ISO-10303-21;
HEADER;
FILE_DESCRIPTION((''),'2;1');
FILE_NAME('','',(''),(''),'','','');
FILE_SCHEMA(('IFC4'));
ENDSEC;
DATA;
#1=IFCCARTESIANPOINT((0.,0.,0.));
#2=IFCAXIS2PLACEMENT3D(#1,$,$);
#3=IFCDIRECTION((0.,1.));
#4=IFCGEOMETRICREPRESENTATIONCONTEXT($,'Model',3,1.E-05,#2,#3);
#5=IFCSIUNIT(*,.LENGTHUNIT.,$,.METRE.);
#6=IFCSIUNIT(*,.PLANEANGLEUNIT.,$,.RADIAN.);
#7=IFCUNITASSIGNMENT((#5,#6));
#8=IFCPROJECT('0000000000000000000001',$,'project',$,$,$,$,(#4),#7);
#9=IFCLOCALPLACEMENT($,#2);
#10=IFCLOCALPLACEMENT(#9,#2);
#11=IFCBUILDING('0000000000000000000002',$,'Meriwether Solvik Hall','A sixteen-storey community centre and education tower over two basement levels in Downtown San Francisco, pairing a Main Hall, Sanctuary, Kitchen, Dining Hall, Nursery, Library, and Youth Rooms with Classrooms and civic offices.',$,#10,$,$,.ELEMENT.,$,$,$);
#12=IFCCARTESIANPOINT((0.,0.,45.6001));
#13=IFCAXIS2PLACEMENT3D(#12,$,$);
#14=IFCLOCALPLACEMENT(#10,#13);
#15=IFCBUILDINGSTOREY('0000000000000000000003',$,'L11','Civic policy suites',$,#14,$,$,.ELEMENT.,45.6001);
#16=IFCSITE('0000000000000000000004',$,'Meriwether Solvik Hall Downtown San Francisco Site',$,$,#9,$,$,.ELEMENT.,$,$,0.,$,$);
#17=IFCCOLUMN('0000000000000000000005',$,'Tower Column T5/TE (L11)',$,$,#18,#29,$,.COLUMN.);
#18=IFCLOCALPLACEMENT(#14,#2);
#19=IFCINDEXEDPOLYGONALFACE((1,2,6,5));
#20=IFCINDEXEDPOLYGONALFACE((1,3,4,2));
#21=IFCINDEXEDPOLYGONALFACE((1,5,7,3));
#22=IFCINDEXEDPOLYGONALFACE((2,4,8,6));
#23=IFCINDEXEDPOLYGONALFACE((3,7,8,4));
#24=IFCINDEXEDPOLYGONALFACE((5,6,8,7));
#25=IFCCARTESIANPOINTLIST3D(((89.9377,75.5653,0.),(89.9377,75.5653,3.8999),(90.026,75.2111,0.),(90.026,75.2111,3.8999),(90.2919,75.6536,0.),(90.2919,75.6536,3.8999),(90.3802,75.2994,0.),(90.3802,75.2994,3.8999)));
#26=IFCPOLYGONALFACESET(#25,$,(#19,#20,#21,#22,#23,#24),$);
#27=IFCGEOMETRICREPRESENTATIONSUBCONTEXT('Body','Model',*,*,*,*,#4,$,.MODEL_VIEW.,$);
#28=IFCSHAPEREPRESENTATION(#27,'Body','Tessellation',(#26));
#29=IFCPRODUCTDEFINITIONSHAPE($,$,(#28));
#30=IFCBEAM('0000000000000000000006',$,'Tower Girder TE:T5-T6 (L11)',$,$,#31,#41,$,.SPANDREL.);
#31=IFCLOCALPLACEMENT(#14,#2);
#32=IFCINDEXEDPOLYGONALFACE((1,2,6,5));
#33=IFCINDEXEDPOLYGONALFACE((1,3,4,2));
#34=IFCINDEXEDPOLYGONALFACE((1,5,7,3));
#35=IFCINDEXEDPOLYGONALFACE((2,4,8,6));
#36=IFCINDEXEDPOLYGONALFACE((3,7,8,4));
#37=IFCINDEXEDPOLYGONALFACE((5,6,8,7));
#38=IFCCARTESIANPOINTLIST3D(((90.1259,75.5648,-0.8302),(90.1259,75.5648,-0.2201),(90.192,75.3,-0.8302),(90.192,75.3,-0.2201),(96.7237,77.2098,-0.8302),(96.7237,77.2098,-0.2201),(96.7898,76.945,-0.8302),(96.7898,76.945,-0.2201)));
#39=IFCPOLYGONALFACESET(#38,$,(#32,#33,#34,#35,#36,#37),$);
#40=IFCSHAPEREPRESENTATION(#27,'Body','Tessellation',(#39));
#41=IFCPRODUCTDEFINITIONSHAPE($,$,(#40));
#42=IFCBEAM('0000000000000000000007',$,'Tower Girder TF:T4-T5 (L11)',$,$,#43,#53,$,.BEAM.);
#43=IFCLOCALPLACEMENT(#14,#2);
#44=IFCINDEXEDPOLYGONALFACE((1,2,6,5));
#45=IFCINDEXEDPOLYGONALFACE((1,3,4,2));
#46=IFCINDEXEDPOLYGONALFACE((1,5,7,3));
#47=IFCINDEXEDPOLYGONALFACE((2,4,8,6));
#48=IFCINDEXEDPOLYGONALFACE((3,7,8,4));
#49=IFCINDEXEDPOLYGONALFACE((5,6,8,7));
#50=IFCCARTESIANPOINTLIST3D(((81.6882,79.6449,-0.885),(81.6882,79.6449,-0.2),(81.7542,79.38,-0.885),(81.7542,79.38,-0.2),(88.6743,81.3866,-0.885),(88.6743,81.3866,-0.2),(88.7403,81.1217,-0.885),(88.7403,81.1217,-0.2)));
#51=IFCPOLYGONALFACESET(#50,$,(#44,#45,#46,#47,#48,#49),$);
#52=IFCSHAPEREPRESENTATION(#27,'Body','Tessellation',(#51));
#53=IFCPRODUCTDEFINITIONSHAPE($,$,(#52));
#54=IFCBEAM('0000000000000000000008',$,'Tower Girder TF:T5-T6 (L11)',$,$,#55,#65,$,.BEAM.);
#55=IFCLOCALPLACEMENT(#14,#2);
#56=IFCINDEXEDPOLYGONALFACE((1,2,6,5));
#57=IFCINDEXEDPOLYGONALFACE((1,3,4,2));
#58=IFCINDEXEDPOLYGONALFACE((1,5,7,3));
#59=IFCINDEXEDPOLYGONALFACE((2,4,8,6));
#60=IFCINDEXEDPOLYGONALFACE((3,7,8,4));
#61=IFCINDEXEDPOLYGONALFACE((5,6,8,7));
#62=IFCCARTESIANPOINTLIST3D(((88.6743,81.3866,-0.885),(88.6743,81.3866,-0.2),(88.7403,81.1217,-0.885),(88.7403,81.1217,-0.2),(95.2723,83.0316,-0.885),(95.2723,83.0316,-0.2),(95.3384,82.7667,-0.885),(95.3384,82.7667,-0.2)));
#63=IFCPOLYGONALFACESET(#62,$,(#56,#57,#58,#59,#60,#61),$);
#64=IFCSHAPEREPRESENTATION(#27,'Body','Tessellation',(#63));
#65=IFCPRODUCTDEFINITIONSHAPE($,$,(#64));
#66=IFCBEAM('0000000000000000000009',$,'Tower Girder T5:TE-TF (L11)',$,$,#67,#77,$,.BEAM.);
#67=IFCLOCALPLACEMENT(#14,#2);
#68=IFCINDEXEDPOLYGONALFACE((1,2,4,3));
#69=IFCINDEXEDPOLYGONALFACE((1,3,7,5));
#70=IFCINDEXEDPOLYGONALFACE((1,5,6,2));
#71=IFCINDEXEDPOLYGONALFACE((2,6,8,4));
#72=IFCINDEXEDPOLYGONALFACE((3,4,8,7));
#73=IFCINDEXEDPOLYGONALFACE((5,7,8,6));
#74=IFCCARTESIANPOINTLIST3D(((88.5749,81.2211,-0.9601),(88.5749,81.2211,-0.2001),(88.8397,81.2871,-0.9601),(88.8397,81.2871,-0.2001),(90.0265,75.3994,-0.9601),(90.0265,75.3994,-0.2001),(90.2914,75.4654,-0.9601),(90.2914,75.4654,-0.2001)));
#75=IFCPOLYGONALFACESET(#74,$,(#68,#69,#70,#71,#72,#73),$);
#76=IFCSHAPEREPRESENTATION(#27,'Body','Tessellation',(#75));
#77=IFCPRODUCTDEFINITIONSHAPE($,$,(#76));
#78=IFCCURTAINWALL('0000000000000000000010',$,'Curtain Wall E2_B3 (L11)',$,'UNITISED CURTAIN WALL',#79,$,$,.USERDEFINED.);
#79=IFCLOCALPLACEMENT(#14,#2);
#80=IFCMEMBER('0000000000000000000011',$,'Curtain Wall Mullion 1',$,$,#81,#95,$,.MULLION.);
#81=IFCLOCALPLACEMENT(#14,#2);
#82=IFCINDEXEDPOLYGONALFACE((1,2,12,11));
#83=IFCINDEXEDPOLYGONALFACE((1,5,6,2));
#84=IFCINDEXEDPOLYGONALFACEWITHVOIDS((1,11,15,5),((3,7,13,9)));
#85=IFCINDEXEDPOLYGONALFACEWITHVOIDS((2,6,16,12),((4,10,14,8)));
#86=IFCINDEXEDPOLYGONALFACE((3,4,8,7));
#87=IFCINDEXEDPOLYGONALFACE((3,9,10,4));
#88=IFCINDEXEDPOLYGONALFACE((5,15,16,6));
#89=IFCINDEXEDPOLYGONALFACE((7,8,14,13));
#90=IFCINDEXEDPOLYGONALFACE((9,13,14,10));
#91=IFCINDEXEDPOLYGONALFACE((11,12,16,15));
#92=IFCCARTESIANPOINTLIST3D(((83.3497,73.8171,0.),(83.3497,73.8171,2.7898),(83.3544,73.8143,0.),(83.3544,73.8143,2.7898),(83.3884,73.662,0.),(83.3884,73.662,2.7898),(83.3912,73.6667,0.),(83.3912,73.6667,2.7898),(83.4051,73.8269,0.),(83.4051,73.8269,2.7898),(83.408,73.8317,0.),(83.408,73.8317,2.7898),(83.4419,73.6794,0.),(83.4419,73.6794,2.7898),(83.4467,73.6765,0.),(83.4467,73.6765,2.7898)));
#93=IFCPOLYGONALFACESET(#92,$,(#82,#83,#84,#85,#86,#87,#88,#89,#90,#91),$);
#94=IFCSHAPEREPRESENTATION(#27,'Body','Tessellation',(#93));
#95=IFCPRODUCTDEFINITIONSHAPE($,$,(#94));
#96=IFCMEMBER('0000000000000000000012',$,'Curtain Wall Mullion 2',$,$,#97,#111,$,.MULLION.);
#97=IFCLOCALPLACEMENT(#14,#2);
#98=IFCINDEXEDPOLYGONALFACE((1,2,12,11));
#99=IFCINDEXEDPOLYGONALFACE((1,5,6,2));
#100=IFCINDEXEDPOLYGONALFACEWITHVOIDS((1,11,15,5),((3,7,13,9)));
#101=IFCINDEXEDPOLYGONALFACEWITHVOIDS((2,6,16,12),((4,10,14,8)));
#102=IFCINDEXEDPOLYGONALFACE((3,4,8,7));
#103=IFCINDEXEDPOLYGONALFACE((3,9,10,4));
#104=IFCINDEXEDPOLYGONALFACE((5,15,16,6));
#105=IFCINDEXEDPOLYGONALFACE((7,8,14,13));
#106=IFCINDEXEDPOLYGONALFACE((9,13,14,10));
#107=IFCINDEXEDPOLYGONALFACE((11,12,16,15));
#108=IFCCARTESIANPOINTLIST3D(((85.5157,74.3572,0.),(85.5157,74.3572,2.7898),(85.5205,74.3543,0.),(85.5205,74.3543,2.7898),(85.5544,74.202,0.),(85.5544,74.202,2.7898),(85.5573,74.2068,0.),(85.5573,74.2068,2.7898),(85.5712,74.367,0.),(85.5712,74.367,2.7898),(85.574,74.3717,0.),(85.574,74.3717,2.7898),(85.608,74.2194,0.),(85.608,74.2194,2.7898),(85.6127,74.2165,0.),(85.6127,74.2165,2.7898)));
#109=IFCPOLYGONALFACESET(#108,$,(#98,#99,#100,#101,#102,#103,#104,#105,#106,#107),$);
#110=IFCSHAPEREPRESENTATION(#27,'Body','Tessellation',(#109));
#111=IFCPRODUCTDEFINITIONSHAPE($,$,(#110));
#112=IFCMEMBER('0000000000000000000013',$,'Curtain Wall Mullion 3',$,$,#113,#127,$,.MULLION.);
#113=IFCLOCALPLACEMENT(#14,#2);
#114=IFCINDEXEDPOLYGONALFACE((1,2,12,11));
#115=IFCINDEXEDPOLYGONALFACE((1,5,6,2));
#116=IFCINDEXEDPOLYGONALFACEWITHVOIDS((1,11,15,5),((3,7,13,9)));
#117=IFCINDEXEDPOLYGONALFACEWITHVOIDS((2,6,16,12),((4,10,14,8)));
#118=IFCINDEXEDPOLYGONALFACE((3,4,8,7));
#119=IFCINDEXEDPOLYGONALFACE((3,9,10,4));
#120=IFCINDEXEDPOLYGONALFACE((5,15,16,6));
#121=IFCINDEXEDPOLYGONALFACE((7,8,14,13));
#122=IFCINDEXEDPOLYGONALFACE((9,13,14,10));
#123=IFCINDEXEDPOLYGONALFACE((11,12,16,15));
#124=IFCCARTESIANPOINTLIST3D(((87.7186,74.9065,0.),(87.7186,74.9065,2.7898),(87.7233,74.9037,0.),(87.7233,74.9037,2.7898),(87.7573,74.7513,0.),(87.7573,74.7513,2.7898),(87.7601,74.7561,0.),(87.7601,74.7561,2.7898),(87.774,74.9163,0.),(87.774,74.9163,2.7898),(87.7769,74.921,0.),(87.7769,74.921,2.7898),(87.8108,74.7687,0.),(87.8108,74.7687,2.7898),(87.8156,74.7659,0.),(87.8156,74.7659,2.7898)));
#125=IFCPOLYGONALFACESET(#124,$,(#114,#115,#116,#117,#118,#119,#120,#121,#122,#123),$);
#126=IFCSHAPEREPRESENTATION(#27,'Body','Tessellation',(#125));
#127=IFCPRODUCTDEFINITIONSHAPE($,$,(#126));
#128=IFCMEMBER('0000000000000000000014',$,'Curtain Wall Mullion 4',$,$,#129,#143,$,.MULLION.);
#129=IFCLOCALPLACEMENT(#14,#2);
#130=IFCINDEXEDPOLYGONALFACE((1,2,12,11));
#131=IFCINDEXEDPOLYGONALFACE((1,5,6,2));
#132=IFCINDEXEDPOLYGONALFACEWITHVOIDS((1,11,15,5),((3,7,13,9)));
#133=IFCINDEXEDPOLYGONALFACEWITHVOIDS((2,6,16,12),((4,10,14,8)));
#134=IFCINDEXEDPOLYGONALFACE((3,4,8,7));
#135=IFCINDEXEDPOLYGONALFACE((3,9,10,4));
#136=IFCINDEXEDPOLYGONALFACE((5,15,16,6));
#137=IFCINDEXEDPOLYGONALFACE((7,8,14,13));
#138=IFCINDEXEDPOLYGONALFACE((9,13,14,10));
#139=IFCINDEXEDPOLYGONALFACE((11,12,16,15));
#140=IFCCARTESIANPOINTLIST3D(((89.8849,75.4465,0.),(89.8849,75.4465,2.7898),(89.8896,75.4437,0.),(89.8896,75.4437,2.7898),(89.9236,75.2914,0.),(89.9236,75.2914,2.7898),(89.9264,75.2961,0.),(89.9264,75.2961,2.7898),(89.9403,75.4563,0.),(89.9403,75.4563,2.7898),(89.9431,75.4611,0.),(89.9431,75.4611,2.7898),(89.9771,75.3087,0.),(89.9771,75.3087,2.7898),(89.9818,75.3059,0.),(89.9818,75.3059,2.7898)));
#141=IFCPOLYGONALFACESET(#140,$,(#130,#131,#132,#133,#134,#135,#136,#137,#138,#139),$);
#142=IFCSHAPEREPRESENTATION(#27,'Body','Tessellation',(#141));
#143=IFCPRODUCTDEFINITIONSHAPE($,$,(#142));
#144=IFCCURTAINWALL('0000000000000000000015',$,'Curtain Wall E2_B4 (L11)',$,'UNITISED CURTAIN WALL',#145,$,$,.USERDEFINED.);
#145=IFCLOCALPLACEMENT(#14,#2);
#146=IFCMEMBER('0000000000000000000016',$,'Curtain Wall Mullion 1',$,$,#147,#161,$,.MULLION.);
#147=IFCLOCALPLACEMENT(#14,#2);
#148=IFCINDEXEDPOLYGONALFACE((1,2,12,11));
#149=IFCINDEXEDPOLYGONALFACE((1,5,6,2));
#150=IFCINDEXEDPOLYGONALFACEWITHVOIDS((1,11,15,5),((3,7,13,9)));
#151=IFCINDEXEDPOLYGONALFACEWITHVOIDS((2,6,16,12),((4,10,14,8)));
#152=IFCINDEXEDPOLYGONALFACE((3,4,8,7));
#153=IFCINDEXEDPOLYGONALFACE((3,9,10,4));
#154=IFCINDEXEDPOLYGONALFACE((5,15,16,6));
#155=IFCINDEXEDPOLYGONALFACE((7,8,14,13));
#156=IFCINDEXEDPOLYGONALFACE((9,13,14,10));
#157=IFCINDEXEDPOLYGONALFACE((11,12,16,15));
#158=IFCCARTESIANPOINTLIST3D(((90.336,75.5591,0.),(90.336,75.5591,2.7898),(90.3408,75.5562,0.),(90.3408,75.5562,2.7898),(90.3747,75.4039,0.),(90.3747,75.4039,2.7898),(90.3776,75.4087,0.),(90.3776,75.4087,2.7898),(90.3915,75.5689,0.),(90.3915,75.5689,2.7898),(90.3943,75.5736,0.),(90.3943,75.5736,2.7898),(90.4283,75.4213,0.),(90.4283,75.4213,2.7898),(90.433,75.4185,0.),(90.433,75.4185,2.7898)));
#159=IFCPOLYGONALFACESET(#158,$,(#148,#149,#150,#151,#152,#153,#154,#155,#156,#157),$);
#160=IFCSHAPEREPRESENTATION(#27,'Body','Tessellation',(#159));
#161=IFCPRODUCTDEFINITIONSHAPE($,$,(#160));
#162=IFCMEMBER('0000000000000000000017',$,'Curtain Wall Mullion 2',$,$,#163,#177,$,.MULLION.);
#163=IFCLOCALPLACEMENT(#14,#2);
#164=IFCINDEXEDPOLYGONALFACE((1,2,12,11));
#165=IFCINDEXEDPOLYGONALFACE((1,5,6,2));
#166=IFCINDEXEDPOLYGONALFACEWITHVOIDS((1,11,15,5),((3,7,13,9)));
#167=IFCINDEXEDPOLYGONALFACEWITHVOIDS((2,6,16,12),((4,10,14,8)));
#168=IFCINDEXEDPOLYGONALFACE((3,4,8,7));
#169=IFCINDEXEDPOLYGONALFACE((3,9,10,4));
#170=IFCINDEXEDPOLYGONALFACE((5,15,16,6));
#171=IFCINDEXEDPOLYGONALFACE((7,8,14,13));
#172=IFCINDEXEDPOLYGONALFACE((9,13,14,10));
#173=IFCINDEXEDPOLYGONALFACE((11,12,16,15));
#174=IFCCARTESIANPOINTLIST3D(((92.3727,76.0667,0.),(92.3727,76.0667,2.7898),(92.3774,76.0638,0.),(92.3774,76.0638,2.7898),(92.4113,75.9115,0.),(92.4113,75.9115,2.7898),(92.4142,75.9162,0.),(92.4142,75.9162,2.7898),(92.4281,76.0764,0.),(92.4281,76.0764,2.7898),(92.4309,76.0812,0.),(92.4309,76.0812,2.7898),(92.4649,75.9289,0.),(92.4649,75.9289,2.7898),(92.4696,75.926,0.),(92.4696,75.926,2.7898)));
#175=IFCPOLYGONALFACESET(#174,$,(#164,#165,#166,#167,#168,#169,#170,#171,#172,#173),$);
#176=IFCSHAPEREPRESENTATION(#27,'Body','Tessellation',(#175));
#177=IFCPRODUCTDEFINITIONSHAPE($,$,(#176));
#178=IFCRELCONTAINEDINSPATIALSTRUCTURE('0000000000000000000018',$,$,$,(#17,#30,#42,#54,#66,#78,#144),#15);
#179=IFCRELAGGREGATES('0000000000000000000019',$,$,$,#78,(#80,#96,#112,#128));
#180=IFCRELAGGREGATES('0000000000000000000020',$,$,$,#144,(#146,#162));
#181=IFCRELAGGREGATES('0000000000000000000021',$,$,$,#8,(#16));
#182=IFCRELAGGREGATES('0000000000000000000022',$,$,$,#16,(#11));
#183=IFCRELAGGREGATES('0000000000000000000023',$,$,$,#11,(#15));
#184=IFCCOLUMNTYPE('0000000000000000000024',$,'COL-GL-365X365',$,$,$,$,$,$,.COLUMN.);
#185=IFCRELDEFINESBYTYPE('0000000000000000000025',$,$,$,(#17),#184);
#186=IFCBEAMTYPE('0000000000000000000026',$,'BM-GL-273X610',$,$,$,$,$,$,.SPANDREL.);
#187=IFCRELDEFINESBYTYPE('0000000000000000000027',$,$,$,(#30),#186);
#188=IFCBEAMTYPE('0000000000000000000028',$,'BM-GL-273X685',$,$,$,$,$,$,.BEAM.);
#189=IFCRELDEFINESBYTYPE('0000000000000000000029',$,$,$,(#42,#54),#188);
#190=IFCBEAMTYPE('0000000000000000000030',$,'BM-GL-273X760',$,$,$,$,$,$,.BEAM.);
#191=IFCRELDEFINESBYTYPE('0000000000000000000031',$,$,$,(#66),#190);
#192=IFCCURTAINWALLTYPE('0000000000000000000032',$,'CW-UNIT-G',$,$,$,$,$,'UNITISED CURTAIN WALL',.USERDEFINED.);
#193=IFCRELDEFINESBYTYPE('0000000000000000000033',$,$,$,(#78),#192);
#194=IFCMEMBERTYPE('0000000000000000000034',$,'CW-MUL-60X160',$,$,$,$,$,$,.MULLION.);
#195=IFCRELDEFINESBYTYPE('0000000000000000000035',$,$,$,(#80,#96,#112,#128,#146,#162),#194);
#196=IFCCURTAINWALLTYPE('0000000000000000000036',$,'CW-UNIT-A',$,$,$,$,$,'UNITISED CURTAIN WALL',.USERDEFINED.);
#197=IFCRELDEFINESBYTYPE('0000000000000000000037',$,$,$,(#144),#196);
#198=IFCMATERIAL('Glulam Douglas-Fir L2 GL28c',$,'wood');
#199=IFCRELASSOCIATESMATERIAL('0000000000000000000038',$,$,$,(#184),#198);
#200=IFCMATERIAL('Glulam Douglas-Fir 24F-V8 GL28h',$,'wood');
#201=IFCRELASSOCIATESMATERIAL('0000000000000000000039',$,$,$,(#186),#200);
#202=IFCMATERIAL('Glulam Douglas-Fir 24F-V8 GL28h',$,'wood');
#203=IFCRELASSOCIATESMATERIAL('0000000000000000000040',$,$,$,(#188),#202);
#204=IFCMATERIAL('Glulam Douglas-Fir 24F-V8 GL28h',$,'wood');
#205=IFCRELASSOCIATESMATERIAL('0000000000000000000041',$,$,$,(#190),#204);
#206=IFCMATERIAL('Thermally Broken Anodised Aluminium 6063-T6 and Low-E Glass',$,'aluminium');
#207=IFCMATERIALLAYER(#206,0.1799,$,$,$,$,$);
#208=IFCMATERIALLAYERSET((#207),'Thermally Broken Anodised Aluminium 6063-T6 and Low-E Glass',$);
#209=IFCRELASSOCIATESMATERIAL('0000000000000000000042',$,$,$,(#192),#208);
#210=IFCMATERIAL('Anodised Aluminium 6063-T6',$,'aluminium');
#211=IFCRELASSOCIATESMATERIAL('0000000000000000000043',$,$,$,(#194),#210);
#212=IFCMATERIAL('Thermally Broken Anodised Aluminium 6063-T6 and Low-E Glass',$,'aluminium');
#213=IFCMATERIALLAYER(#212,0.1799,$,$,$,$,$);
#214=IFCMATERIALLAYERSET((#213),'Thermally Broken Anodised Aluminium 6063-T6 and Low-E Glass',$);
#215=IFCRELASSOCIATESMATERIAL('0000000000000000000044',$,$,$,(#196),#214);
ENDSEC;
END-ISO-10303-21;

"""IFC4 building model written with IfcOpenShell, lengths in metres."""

from ifc_helpers import new_model, si_unit, direction, frame, origin, origin_2d, place, context, subcontext, project, spatial, rectangle, hollow_rectangle, extrude, material, layer, layer_set, material_profile, profile_set, type_object, element, aggregate, save


model = new_model("IFC4")

# Units and contexts
model_context = context("Model", 3, precision=1e-05, world=origin(), true_north=direction((0.0, 1.0)))
body_context = subcontext(model_context, "Body", "Model", "MODEL_VIEW")
ifc_project = project(units=[si_unit("LENGTHUNIT", "METRE"), si_unit("PLANEANGLEUNIT", "RADIAN")], contexts=[model_context])

# Site, building, storey
site_placement = place(None, origin())
site = spatial("IfcSite", under=ifc_project, at=site_placement, Name="Meriwether Solvik Hall Downtown San Francisco Site", CompositionType="ELEMENT", RefElevation=0.0)
building_placement = place(site_placement, origin())
building = spatial("IfcBuilding", under=site, at=building_placement, Name="Meriwether Solvik Hall", Description="A sixteen-storey community centre and education tower over two basement levels in Downtown San Francisco, pairing a Main Hall, Sanctuary, Kitchen, Dining Hall, Nursery, Library, and Youth Rooms with Classrooms and civic offices.", CompositionType="ELEMENT")
storey_placement = place(building_placement, frame((0.0, 0.0, 45.6001)))
storey = spatial("IfcBuildingStorey", under=building, at=storey_placement, Name="L11", Description="Civic policy suites", CompositionType="ELEMENT", Elevation=45.6001)

# Column
ifc_material_1 = material(Name="Glulam Douglas-Fir L2 GL28c", Category="wood")
ifc_material_profile_1 = material_profile(ifc_material_1, rectangle(XDim=0.365, YDim=0.365, at=origin_2d()), Name="GLC-365X365")
ifc_profile_set_1 = profile_set([ifc_material_profile_1], Name="Glulam Douglas-Fir L2 GL28c")
column_type = type_object("IfcColumnType", Name="COL-GL-365X365", PredefinedType="COLUMN", material=ifc_profile_set_1)
column_placement = place(storey_placement, frame((90.1589, 75.4324, 0.0), z_axis=(0.0, 0.0, 1.0), x_axis=(0.970296, 0.241922, 0.0)))
element("IfcColumn", 1, at=column_placement, inside=storey, type_object=column_type, Name="Tower Column T5/TE (L11)", PredefinedType="COLUMN", context=body_context, shape_type="SweptSolid", body=[
    extrude(rectangle(XDim=0.365, YDim=0.365, at=origin_2d()), origin(), (0.0, 0.0, 1.0), 3.8999),
])

# Beams
ifc_material_2 = material(Name="Glulam Douglas-Fir 24F-V8 GL28h", Category="wood")
ifc_material_profile_2 = material_profile(ifc_material_2, rectangle(XDim=0.2729, YDim=0.6101, at=origin_2d()), Name="GLB-273X610")
ifc_profile_set_2 = profile_set([ifc_material_profile_2], Name="Glulam Douglas-Fir 24F-V8 GL28h")
beam_type_1 = type_object("IfcBeamType", Name="BM-GL-273X610", PredefinedType="SPANDREL", material=ifc_profile_set_2)
beam_1_placement = place(storey_placement, frame((90.1589, 75.4324, -0.5251), z_axis=(0.970296, 0.241919, 0.0), x_axis=(-0.241919, 0.970296, 0.0)))
element("IfcBeam", 2, at=beam_1_placement, inside=storey, type_object=beam_type_1, Name="Tower Girder TE:T5-T6 (L11)", PredefinedType="SPANDREL", context=body_context, shape_type="SweptSolid", body=[
    extrude(rectangle(XDim=0.2729, YDim=0.6101, at=origin_2d()), origin(), (0.0, 0.0, 1.0), 6.7998),
])
ifc_material_3 = material(Name="Glulam Douglas-Fir 24F-V8 GL28h", Category="wood")
ifc_material_profile_3 = material_profile(ifc_material_3, rectangle(XDim=0.2729, YDim=0.6851, at=origin_2d()), Name="GLB-273X685")
ifc_profile_set_3 = profile_set([ifc_material_profile_3], Name="Glulam Douglas-Fir 24F-V8 GL28h")
beam_type_2 = type_object("IfcBeamType", Name="BM-GL-273X685", PredefinedType="BEAM", material=ifc_profile_set_3)
beam_2_placement = place(storey_placement, frame((81.7212, 79.5125, -0.5425), z_axis=(0.9703, 0.241905, 0.0), x_axis=(-0.241905, 0.9703, 0.0)))
element("IfcBeam", 3, at=beam_2_placement, inside=storey, type_object=beam_type_2, Name="Tower Girder TF:T4-T5 (L11)", PredefinedType="BEAM", context=body_context, shape_type="SweptSolid", body=[
    extrude(rectangle(XDim=0.2729, YDim=0.6851, at=origin_2d()), origin(), (0.0, 0.0, 1.0), 7.2),
])
beam_3_placement = place(storey_placement, frame((88.7073, 81.2542, -0.5425), z_axis=(0.970299, 0.24191, 0.0), x_axis=(-0.24191, 0.970299, 0.0)))
element("IfcBeam", 4, at=beam_3_placement, inside=storey, type_object=beam_type_2, Name="Tower Girder TF:T5-T6 (L11)", PredefinedType="BEAM", context=body_context, shape_type="SweptSolid", body=[
    extrude(rectangle(XDim=0.2729, YDim=0.6851, at=origin_2d()), origin(), (0.0, 0.0, 1.0), 6.8),
])
ifc_material_4 = material(Name="Glulam Douglas-Fir 24F-V8 GL28h", Category="wood")
ifc_material_profile_4 = material_profile(ifc_material_4, rectangle(XDim=0.2729, YDim=0.76, at=origin_2d()), Name="GLB-273X760")
ifc_profile_set_4 = profile_set([ifc_material_profile_4], Name="Glulam Douglas-Fir 24F-V8 GL28h")
beam_type_3 = type_object("IfcBeamType", Name="BM-GL-273X760", PredefinedType="BEAM", material=ifc_profile_set_4)
beam_4_placement = place(storey_placement, frame((90.1589, 75.4324, -0.5801), z_axis=(-0.241942, 0.970291, 0.0), x_axis=(-0.970291, -0.241942, 0.0)))
element("IfcBeam", 5, at=beam_4_placement, inside=storey, type_object=beam_type_3, Name="Tower Girder T5:TE-TF (L11)", PredefinedType="BEAM", context=body_context, shape_type="SweptSolid", body=[
    extrude(rectangle(XDim=0.2729, YDim=0.76, at=origin_2d()), origin(), (0.0, 0.0, 1.0), 6.0),
])

# Curtain walls, members
ifc_material_5 = material(Name="Thermally Broken Anodised Aluminium 6063-T6 and Low-E Glass", Category="aluminium")
ifc_layer_1 = layer(ifc_material_5, 0.1799)
ifc_layer_set_1 = layer_set([ifc_layer_1], Name="Thermally Broken Anodised Aluminium 6063-T6 and Low-E Glass")
curtain_wall_type_1 = type_object("IfcCurtainWallType", Name="CW-UNIT-G", ElementType="UNITISED CURTAIN WALL", PredefinedType="USERDEFINED", material=ifc_layer_set_1)
curtain_wall_1_placement = place(storey_placement, origin())
curtain_wall_1 = element("IfcCurtainWall", 6, at=curtain_wall_1_placement, inside=storey, type_object=curtain_wall_type_1, Name="Curtain Wall E2_B3 (L11)", ObjectType="UNITISED CURTAIN WALL", PredefinedType="USERDEFINED")
ifc_material_6 = material(Name="Anodised Aluminium 6063-T6", Category="aluminium")
ifc_material_profile_5 = material_profile(ifc_material_6, hollow_rectangle(XDim=0.0601, YDim=0.1599, WallThickness=0.0039, at=origin_2d()), Name="CWM-60X160")
ifc_profile_set_5 = profile_set([ifc_material_profile_5], Name="Anodised Aluminium 6063-T6")
member_type_1 = type_object("IfcMemberType", Name="CW-MUL-60X160", PredefinedType="MULLION", material=ifc_profile_set_5)
member_1_placement = place(storey_placement, frame((83.3982, 73.7468, 0.0), z_axis=(0.0, 0.0, 1.0), x_axis=(0.970296, 0.241922, 0.0)))
member_1 = element("IfcMember", 7, at=member_1_placement, type_object=member_type_1, Name="Curtain Wall Mullion 1", PredefinedType="MULLION", context=body_context, shape_type="SweptSolid", body=[
    extrude(hollow_rectangle(XDim=0.0601, YDim=0.1599, WallThickness=0.0039, at=origin_2d()), origin(), (0.0, 0.0, 1.0), 2.7898),
])
member_2_placement = place(storey_placement, frame((85.5642, 74.2869, 0.0), z_axis=(0.0, 0.0, 1.0), x_axis=(0.970296, 0.241922, 0.0)))
member_2 = element("IfcMember", 8, at=member_2_placement, type_object=member_type_1, Name="Curtain Wall Mullion 2", PredefinedType="MULLION", context=body_context, shape_type="SweptSolid", body=[
    extrude(hollow_rectangle(XDim=0.0601, YDim=0.1599, WallThickness=0.0039, at=origin_2d()), origin(), (0.0, 0.0, 1.0), 2.7898),
])
member_3_placement = place(storey_placement, frame((87.7671, 74.8362, 0.0), z_axis=(0.0, 0.0, 1.0), x_axis=(0.970296, 0.241922, 0.0)))
member_3 = element("IfcMember", 9, at=member_3_placement, type_object=member_type_1, Name="Curtain Wall Mullion 3", PredefinedType="MULLION", context=body_context, shape_type="SweptSolid", body=[
    extrude(hollow_rectangle(XDim=0.0601, YDim=0.1599, WallThickness=0.0039, at=origin_2d()), origin(), (0.0, 0.0, 1.0), 2.7898),
])
member_4_placement = place(storey_placement, frame((89.9333, 75.3762, 0.0), z_axis=(0.0, 0.0, 1.0), x_axis=(0.970296, 0.241922, 0.0)))
member_4 = element("IfcMember", 10, at=member_4_placement, type_object=member_type_1, Name="Curtain Wall Mullion 4", PredefinedType="MULLION", context=body_context, shape_type="SweptSolid", body=[
    extrude(hollow_rectangle(XDim=0.0601, YDim=0.1599, WallThickness=0.0039, at=origin_2d()), origin(), (0.0, 0.0, 1.0), 2.7898),
])
ifc_material_7 = material(Name="Thermally Broken Anodised Aluminium 6063-T6 and Low-E Glass", Category="aluminium")
ifc_layer_2 = layer(ifc_material_7, 0.1799)
ifc_layer_set_2 = layer_set([ifc_layer_2], Name="Thermally Broken Anodised Aluminium 6063-T6 and Low-E Glass")
curtain_wall_type_2 = type_object("IfcCurtainWallType", Name="CW-UNIT-A", ElementType="UNITISED CURTAIN WALL", PredefinedType="USERDEFINED", material=ifc_layer_set_2)
curtain_wall_2_placement = place(storey_placement, origin())
curtain_wall_2 = element("IfcCurtainWall", 11, at=curtain_wall_2_placement, inside=storey, type_object=curtain_wall_type_2, Name="Curtain Wall E2_B4 (L11)", ObjectType="UNITISED CURTAIN WALL", PredefinedType="USERDEFINED")
member_5_placement = place(storey_placement, frame((90.3845, 75.4888, 0.0), z_axis=(0.0, 0.0, 1.0), x_axis=(0.970296, 0.241922, 0.0)))
member_5 = element("IfcMember", 12, at=member_5_placement, type_object=member_type_1, Name="Curtain Wall Mullion 1", PredefinedType="MULLION", context=body_context, shape_type="SweptSolid", body=[
    extrude(hollow_rectangle(XDim=0.0601, YDim=0.1599, WallThickness=0.0039, at=origin_2d()), origin(), (0.0, 0.0, 1.0), 2.7898),
])
member_6_placement = place(storey_placement, frame((92.4211, 75.9963, 0.0), z_axis=(0.0, 0.0, 1.0), x_axis=(0.970296, 0.241922, 0.0)))
member_6 = element("IfcMember", 13, at=member_6_placement, type_object=member_type_1, Name="Curtain Wall Mullion 2", PredefinedType="MULLION", context=body_context, shape_type="SweptSolid", body=[
    extrude(hollow_rectangle(XDim=0.0601, YDim=0.1599, WallThickness=0.0039, at=origin_2d()), origin(), (0.0, 0.0, 1.0), 2.7898),
])

aggregate(curtain_wall_1, [member_1, member_2, member_3, member_4])
aggregate(curtain_wall_2, [member_5, member_6])

save(model, "model.ifc")
